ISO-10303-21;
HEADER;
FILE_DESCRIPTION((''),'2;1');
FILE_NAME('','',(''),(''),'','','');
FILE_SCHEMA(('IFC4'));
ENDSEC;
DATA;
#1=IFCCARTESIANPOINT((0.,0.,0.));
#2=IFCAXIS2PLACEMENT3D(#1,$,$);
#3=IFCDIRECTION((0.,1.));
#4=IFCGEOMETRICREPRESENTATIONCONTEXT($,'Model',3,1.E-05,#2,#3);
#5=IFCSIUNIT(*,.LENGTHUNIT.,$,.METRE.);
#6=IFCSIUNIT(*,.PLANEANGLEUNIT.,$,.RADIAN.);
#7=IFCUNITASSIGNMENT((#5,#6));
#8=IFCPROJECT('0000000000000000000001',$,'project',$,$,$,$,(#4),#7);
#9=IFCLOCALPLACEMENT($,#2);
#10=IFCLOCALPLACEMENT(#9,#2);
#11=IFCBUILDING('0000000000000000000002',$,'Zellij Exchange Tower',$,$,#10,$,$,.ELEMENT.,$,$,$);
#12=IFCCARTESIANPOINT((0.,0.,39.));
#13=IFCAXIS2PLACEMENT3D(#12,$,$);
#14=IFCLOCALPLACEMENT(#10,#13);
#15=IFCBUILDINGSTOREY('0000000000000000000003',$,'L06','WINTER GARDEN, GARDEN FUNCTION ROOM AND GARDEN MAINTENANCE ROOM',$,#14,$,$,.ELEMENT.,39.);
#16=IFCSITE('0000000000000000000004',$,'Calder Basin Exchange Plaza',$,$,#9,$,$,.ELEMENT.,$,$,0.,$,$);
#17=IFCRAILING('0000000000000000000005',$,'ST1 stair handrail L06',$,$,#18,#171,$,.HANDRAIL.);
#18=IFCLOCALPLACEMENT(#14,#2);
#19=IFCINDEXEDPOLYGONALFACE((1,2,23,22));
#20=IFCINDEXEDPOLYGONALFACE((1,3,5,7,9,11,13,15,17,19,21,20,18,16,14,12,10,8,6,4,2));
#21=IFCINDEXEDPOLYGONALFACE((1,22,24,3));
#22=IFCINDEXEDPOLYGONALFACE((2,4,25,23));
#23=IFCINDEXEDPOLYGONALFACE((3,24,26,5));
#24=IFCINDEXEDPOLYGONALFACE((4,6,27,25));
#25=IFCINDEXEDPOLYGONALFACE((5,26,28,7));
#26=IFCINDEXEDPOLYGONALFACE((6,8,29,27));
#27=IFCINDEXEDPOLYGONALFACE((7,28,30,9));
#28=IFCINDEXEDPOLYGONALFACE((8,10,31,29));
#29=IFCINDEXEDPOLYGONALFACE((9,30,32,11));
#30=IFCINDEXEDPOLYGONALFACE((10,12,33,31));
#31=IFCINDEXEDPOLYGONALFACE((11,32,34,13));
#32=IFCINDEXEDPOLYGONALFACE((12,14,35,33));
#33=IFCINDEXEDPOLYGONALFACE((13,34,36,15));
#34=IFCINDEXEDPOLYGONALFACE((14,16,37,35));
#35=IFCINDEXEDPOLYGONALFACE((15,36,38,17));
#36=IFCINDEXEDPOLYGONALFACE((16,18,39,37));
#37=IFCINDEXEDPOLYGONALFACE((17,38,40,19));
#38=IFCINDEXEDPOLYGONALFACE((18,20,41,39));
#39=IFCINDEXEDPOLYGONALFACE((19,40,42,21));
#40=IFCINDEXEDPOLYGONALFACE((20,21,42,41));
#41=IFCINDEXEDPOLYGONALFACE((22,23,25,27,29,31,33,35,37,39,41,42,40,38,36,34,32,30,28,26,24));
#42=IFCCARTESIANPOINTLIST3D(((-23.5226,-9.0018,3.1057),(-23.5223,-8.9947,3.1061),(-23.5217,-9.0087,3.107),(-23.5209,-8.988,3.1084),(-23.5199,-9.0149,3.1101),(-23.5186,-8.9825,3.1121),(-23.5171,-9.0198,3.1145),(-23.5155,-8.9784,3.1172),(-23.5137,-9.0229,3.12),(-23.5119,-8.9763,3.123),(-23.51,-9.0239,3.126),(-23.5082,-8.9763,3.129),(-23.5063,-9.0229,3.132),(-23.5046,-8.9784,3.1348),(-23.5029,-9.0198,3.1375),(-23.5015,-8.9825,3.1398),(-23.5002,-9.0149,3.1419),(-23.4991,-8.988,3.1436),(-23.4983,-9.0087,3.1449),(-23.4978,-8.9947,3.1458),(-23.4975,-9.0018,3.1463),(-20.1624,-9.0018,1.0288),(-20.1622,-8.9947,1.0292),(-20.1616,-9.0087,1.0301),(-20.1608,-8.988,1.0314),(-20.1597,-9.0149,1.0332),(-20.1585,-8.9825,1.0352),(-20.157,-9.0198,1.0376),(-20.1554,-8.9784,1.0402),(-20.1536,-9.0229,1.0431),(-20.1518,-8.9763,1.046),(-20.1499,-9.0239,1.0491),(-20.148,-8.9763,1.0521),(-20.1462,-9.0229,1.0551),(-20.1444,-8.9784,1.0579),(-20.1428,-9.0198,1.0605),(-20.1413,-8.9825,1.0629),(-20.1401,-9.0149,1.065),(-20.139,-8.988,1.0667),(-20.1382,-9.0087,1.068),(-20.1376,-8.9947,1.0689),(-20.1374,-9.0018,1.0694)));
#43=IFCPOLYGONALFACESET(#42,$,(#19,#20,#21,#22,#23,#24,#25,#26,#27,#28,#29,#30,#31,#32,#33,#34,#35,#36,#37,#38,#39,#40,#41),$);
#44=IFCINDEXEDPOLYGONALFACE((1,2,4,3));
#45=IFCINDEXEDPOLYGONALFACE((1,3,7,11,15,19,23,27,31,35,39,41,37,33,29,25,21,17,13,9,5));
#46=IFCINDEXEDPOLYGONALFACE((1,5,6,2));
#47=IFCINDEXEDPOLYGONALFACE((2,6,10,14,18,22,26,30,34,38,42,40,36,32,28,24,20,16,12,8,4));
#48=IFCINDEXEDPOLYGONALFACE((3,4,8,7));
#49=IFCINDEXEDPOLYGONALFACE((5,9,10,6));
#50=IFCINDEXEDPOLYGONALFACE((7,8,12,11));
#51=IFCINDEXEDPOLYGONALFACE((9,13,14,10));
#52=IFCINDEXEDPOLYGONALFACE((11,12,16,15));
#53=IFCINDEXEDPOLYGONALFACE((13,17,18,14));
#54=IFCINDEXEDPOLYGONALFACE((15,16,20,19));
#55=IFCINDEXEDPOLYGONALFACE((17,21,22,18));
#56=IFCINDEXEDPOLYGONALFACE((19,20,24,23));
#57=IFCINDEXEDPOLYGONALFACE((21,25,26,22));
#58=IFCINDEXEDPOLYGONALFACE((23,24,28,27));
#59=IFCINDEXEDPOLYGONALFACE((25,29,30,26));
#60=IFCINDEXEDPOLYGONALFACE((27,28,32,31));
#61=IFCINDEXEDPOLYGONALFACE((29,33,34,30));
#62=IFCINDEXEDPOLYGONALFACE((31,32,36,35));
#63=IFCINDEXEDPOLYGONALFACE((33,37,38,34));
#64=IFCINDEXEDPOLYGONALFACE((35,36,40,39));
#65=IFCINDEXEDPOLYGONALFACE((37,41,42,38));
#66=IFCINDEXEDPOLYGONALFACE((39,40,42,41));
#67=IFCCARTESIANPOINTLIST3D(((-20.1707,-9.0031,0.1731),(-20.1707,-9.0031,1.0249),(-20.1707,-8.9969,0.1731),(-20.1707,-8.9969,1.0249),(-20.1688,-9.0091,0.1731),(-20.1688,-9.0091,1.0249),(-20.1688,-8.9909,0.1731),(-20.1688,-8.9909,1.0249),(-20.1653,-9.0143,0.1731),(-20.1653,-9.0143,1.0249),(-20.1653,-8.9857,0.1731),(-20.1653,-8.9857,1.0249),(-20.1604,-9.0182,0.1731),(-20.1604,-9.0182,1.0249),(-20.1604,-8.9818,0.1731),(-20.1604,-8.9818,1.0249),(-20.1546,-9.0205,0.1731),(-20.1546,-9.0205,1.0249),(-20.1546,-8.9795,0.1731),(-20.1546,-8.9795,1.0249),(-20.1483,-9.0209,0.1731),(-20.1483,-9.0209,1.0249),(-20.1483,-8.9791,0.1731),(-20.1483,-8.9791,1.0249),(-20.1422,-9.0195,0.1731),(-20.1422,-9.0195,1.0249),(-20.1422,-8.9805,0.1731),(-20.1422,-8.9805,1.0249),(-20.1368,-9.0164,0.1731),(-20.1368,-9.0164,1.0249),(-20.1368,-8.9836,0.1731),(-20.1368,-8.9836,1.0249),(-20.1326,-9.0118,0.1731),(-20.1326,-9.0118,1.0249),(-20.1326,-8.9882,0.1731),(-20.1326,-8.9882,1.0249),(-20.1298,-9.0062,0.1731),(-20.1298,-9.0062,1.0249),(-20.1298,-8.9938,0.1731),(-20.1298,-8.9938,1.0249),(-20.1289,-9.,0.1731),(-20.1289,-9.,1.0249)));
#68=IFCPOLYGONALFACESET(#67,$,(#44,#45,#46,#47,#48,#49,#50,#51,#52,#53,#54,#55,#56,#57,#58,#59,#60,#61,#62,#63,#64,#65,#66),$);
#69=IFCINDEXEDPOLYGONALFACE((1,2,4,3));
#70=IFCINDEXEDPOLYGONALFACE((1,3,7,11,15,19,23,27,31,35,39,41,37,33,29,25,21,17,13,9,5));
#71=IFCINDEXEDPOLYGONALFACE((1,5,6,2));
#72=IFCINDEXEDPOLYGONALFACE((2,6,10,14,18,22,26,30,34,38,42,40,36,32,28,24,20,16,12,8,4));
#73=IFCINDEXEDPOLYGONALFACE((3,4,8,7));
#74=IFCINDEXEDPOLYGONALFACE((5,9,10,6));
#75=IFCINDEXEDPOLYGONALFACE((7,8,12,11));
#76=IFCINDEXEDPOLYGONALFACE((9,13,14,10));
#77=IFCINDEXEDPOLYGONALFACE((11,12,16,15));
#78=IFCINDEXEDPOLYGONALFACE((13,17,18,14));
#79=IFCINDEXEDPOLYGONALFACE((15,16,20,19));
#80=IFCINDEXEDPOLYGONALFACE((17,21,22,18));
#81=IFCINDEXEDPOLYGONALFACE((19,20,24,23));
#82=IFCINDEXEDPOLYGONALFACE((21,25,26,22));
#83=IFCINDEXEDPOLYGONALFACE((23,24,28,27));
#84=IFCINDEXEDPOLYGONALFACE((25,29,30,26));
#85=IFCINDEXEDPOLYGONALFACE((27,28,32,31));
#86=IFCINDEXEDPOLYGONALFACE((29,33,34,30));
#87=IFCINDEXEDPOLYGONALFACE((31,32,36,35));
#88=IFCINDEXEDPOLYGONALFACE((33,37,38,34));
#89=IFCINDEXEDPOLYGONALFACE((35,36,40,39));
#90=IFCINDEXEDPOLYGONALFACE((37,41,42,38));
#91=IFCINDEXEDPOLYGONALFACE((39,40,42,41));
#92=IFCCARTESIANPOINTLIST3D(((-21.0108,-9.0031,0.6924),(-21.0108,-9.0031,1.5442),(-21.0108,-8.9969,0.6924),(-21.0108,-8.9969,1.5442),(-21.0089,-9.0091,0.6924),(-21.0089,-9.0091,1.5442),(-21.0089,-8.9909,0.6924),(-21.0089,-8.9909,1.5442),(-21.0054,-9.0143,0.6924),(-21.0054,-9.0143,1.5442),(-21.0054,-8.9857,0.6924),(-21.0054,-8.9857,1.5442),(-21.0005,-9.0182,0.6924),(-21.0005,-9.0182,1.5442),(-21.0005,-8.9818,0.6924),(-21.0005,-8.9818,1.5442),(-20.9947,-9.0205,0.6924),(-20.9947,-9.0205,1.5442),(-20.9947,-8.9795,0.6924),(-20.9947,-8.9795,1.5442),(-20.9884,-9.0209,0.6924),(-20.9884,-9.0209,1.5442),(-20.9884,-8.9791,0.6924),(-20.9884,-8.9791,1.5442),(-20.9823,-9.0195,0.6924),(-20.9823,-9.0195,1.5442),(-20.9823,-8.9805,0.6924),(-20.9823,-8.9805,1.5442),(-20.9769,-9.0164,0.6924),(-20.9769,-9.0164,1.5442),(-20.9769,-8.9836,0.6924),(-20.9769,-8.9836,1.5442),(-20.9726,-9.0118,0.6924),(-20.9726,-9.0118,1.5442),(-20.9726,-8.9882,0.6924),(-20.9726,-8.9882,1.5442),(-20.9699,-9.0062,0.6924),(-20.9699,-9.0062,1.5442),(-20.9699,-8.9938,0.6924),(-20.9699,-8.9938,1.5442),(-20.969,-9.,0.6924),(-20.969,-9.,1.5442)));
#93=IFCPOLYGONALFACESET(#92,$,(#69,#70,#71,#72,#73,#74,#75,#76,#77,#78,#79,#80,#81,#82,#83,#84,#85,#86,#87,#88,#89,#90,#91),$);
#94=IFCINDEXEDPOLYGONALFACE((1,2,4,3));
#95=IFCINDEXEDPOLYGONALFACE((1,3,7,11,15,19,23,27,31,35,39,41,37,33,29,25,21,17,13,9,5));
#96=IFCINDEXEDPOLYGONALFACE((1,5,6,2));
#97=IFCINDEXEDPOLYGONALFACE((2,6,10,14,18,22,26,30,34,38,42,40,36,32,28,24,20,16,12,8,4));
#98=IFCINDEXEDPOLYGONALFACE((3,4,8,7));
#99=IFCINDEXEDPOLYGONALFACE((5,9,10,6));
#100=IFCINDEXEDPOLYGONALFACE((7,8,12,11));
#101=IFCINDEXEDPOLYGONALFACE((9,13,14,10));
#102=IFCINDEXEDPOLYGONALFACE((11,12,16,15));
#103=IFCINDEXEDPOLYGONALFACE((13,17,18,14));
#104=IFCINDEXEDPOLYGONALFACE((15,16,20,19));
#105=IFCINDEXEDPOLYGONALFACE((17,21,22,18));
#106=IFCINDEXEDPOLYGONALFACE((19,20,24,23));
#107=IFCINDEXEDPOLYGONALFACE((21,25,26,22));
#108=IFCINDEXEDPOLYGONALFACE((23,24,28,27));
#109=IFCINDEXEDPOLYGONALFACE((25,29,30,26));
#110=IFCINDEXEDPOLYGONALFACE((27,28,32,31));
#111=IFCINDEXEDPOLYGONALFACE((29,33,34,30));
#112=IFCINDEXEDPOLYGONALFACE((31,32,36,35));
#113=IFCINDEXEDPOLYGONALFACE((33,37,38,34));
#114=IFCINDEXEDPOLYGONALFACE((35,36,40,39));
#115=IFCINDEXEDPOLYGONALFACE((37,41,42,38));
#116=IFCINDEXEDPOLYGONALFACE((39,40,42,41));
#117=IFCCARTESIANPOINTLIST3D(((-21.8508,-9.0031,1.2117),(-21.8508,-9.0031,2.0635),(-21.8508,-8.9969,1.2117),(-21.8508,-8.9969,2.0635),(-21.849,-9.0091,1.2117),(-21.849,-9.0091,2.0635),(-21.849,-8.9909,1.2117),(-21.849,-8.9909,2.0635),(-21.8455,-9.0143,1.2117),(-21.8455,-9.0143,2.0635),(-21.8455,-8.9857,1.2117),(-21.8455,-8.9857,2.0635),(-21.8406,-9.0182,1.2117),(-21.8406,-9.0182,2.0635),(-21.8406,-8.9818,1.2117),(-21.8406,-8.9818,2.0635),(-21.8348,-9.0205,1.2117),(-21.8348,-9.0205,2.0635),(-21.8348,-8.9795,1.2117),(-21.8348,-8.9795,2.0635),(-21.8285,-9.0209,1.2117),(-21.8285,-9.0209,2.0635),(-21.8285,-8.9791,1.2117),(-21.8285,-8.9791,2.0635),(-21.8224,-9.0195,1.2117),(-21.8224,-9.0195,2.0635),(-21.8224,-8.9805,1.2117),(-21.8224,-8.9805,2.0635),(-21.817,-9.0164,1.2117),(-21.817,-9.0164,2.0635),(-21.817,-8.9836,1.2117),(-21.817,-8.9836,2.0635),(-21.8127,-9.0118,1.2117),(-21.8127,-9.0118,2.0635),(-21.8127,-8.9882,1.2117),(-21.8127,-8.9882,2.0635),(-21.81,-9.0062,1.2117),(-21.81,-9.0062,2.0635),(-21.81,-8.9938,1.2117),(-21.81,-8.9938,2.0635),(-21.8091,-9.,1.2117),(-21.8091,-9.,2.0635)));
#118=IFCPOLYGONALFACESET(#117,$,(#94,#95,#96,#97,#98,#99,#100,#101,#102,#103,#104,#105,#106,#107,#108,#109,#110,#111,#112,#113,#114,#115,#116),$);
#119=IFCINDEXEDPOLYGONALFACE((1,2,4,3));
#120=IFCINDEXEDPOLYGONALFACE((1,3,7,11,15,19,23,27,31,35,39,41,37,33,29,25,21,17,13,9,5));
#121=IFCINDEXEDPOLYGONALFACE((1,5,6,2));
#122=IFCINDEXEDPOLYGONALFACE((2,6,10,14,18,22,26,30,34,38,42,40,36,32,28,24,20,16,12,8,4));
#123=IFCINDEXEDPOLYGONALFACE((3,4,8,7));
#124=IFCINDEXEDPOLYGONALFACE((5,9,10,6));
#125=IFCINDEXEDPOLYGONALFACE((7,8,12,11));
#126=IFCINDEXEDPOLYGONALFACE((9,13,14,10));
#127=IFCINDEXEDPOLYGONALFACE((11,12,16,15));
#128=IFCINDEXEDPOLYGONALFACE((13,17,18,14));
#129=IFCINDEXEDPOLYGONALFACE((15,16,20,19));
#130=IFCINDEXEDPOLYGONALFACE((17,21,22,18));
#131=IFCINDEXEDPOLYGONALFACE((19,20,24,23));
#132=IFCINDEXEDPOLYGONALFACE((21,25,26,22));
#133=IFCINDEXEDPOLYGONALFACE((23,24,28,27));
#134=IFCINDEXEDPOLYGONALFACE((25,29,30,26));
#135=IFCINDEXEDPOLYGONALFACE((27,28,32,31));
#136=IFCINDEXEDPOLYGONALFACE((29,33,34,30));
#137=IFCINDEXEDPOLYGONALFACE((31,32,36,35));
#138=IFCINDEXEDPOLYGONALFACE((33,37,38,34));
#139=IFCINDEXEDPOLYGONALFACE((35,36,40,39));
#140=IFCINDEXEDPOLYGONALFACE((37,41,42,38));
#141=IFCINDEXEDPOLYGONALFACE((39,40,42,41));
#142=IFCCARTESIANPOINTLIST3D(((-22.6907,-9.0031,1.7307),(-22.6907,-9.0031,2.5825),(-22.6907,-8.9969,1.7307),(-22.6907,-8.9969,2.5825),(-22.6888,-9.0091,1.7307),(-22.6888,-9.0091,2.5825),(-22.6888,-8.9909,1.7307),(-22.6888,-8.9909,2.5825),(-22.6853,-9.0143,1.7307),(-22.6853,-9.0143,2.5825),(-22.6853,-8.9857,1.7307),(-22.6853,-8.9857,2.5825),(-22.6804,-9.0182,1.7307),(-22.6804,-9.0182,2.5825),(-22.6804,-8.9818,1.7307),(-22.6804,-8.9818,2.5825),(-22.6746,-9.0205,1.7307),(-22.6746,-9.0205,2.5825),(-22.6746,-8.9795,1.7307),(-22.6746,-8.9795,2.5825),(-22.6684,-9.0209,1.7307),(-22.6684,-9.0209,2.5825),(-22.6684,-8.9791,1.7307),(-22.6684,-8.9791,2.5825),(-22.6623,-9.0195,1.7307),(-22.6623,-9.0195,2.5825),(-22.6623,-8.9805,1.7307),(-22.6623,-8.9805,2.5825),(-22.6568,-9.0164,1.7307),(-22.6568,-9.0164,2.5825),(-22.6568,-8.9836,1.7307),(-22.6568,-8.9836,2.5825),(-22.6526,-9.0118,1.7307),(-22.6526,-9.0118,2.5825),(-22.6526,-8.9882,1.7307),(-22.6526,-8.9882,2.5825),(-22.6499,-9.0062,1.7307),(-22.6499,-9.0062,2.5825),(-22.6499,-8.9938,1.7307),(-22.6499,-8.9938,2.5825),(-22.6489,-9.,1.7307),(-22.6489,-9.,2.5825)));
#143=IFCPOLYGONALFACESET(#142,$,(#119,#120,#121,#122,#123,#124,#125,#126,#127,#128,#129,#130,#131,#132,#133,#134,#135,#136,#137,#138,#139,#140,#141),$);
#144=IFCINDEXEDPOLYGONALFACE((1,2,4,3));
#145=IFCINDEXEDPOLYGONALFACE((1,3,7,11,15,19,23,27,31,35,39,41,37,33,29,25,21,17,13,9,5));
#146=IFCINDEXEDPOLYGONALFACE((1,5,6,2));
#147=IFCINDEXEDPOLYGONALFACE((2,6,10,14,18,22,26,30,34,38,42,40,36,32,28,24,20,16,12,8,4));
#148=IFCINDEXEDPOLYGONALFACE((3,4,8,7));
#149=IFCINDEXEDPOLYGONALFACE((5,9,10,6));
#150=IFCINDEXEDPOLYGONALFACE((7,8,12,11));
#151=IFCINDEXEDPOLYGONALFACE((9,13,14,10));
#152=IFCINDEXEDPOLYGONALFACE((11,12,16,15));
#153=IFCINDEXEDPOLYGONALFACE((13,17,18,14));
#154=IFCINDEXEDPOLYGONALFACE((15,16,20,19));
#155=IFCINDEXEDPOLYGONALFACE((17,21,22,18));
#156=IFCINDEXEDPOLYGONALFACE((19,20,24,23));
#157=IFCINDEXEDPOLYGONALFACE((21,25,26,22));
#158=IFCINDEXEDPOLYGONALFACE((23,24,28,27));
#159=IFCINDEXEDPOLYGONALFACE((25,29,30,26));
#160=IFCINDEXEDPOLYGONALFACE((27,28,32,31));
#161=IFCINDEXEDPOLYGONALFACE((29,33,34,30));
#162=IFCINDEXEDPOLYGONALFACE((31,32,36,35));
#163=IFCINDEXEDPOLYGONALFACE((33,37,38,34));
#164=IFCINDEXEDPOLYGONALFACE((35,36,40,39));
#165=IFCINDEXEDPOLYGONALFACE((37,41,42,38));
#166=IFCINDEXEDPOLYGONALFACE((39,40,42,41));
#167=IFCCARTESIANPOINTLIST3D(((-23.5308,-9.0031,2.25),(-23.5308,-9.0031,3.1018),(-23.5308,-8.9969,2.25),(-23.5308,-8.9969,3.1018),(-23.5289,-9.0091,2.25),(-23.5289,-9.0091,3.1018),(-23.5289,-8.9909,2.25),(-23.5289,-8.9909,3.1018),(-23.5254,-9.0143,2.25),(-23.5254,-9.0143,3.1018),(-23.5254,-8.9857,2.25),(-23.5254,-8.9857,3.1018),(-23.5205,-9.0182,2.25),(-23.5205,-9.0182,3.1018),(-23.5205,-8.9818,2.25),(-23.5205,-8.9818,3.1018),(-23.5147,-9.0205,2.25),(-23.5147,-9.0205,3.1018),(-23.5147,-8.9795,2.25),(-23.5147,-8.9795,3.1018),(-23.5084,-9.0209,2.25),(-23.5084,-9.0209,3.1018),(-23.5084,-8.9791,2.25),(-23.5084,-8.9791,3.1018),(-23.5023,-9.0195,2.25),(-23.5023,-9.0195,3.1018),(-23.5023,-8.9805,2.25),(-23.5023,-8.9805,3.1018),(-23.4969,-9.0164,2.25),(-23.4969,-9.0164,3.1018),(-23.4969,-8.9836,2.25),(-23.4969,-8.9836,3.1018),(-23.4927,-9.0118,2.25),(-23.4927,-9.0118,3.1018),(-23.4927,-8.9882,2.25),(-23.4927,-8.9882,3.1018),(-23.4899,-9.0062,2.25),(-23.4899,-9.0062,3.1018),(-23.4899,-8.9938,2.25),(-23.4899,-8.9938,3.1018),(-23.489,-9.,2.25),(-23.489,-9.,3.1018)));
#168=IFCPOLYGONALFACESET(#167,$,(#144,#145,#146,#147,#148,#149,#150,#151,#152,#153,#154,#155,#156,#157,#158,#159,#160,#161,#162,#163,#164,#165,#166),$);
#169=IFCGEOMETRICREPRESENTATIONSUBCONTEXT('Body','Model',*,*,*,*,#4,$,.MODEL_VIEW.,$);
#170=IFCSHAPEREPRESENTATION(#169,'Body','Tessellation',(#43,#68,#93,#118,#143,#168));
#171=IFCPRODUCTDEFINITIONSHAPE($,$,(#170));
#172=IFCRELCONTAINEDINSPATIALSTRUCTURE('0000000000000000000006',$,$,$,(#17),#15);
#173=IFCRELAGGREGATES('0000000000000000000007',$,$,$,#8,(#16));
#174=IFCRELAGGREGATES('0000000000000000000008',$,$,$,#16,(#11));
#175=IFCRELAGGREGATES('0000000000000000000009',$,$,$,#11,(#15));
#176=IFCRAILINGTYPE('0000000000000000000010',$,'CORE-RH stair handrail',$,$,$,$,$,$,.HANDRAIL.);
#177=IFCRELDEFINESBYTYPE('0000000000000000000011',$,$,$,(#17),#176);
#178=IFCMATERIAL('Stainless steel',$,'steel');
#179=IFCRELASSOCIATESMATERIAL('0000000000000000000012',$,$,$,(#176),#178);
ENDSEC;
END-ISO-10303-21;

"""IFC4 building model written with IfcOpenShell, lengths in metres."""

from ifc_helpers import new_model, si_unit, direction, frame, origin, origin_2d, place, context, subcontext, project, spatial, circle, extrude, material, type_object, element, save


model = new_model("IFC4")

# Units and contexts
model_context = context("Model", 3, precision=1e-05, world=origin(), true_north=direction((0.0, 1.0)))
body_context = subcontext(model_context, "Body", "Model", "MODEL_VIEW")
ifc_project = project(units=[si_unit("LENGTHUNIT", "METRE"), si_unit("PLANEANGLEUNIT", "RADIAN")], contexts=[model_context])

# Site, building, storey
site_placement = place(None, origin())
site = spatial("IfcSite", under=ifc_project, at=site_placement, Name="Calder Basin Exchange Plaza", CompositionType="ELEMENT", RefElevation=0.0)
building_placement = place(site_placement, origin())
building = spatial("IfcBuilding", under=site, at=building_placement, Name="Zellij Exchange Tower", CompositionType="ELEMENT")
storey_placement = place(building_placement, frame((0.0, 0.0, 39.0)))
storey = spatial("IfcBuildingStorey", under=building, at=storey_placement, Name="L06", Description="WINTER GARDEN, GARDEN FUNCTION ROOM AND GARDEN MAINTENANCE ROOM", CompositionType="ELEMENT", Elevation=39.0)

# Railing
ifc_material_1 = material(Name="Stainless steel", Category="steel")
railing_type_1 = type_object("IfcRailingType", Name="CORE-RH stair handrail", PredefinedType="HANDRAIL", material=ifc_material_1)
railing_1_placement = place(storey_placement, frame((-20.1499, -9.0, 0.1731)))
element("IfcRailing", 1, at=railing_1_placement, inside=storey, type_object=railing_type_1, Name="ST1 stair handrail L06", PredefinedType="HANDRAIL", context=body_context, shape_type="SweptSolid", body=[
    extrude(circle(Radius=0.0239, at=origin_2d()), frame((0.0, 0.0, 0.876), z_axis=(-0.850623, 0.0, 0.525776), x_axis=(0.0, -1.0, 0.0)), (0.0, 0.0, 1.0), 3.9502),
    extrude(circle(Radius=0.021, at=origin_2d()), origin(), (0.0, 0.0, 1.0), 0.8518),
    extrude(circle(Radius=0.021, at=origin_2d()), frame((-0.8401, 0.0, 0.5193)), (0.0, 0.0, 1.0), 0.8518),
    extrude(circle(Radius=0.021, at=origin_2d()), frame((-1.6802, 0.0, 1.0386)), (0.0, 0.0, 1.0), 0.8518),
    extrude(circle(Radius=0.021, at=origin_2d()), frame((-2.52, 0.0, 1.5576)), (0.0, 0.0, 1.0), 0.8518),
    extrude(circle(Radius=0.021, at=origin_2d()), frame((-3.3601, 0.0, 2.0769)), (0.0, 0.0, 1.0), 0.8518),
])

save(model, "model.ifc")
